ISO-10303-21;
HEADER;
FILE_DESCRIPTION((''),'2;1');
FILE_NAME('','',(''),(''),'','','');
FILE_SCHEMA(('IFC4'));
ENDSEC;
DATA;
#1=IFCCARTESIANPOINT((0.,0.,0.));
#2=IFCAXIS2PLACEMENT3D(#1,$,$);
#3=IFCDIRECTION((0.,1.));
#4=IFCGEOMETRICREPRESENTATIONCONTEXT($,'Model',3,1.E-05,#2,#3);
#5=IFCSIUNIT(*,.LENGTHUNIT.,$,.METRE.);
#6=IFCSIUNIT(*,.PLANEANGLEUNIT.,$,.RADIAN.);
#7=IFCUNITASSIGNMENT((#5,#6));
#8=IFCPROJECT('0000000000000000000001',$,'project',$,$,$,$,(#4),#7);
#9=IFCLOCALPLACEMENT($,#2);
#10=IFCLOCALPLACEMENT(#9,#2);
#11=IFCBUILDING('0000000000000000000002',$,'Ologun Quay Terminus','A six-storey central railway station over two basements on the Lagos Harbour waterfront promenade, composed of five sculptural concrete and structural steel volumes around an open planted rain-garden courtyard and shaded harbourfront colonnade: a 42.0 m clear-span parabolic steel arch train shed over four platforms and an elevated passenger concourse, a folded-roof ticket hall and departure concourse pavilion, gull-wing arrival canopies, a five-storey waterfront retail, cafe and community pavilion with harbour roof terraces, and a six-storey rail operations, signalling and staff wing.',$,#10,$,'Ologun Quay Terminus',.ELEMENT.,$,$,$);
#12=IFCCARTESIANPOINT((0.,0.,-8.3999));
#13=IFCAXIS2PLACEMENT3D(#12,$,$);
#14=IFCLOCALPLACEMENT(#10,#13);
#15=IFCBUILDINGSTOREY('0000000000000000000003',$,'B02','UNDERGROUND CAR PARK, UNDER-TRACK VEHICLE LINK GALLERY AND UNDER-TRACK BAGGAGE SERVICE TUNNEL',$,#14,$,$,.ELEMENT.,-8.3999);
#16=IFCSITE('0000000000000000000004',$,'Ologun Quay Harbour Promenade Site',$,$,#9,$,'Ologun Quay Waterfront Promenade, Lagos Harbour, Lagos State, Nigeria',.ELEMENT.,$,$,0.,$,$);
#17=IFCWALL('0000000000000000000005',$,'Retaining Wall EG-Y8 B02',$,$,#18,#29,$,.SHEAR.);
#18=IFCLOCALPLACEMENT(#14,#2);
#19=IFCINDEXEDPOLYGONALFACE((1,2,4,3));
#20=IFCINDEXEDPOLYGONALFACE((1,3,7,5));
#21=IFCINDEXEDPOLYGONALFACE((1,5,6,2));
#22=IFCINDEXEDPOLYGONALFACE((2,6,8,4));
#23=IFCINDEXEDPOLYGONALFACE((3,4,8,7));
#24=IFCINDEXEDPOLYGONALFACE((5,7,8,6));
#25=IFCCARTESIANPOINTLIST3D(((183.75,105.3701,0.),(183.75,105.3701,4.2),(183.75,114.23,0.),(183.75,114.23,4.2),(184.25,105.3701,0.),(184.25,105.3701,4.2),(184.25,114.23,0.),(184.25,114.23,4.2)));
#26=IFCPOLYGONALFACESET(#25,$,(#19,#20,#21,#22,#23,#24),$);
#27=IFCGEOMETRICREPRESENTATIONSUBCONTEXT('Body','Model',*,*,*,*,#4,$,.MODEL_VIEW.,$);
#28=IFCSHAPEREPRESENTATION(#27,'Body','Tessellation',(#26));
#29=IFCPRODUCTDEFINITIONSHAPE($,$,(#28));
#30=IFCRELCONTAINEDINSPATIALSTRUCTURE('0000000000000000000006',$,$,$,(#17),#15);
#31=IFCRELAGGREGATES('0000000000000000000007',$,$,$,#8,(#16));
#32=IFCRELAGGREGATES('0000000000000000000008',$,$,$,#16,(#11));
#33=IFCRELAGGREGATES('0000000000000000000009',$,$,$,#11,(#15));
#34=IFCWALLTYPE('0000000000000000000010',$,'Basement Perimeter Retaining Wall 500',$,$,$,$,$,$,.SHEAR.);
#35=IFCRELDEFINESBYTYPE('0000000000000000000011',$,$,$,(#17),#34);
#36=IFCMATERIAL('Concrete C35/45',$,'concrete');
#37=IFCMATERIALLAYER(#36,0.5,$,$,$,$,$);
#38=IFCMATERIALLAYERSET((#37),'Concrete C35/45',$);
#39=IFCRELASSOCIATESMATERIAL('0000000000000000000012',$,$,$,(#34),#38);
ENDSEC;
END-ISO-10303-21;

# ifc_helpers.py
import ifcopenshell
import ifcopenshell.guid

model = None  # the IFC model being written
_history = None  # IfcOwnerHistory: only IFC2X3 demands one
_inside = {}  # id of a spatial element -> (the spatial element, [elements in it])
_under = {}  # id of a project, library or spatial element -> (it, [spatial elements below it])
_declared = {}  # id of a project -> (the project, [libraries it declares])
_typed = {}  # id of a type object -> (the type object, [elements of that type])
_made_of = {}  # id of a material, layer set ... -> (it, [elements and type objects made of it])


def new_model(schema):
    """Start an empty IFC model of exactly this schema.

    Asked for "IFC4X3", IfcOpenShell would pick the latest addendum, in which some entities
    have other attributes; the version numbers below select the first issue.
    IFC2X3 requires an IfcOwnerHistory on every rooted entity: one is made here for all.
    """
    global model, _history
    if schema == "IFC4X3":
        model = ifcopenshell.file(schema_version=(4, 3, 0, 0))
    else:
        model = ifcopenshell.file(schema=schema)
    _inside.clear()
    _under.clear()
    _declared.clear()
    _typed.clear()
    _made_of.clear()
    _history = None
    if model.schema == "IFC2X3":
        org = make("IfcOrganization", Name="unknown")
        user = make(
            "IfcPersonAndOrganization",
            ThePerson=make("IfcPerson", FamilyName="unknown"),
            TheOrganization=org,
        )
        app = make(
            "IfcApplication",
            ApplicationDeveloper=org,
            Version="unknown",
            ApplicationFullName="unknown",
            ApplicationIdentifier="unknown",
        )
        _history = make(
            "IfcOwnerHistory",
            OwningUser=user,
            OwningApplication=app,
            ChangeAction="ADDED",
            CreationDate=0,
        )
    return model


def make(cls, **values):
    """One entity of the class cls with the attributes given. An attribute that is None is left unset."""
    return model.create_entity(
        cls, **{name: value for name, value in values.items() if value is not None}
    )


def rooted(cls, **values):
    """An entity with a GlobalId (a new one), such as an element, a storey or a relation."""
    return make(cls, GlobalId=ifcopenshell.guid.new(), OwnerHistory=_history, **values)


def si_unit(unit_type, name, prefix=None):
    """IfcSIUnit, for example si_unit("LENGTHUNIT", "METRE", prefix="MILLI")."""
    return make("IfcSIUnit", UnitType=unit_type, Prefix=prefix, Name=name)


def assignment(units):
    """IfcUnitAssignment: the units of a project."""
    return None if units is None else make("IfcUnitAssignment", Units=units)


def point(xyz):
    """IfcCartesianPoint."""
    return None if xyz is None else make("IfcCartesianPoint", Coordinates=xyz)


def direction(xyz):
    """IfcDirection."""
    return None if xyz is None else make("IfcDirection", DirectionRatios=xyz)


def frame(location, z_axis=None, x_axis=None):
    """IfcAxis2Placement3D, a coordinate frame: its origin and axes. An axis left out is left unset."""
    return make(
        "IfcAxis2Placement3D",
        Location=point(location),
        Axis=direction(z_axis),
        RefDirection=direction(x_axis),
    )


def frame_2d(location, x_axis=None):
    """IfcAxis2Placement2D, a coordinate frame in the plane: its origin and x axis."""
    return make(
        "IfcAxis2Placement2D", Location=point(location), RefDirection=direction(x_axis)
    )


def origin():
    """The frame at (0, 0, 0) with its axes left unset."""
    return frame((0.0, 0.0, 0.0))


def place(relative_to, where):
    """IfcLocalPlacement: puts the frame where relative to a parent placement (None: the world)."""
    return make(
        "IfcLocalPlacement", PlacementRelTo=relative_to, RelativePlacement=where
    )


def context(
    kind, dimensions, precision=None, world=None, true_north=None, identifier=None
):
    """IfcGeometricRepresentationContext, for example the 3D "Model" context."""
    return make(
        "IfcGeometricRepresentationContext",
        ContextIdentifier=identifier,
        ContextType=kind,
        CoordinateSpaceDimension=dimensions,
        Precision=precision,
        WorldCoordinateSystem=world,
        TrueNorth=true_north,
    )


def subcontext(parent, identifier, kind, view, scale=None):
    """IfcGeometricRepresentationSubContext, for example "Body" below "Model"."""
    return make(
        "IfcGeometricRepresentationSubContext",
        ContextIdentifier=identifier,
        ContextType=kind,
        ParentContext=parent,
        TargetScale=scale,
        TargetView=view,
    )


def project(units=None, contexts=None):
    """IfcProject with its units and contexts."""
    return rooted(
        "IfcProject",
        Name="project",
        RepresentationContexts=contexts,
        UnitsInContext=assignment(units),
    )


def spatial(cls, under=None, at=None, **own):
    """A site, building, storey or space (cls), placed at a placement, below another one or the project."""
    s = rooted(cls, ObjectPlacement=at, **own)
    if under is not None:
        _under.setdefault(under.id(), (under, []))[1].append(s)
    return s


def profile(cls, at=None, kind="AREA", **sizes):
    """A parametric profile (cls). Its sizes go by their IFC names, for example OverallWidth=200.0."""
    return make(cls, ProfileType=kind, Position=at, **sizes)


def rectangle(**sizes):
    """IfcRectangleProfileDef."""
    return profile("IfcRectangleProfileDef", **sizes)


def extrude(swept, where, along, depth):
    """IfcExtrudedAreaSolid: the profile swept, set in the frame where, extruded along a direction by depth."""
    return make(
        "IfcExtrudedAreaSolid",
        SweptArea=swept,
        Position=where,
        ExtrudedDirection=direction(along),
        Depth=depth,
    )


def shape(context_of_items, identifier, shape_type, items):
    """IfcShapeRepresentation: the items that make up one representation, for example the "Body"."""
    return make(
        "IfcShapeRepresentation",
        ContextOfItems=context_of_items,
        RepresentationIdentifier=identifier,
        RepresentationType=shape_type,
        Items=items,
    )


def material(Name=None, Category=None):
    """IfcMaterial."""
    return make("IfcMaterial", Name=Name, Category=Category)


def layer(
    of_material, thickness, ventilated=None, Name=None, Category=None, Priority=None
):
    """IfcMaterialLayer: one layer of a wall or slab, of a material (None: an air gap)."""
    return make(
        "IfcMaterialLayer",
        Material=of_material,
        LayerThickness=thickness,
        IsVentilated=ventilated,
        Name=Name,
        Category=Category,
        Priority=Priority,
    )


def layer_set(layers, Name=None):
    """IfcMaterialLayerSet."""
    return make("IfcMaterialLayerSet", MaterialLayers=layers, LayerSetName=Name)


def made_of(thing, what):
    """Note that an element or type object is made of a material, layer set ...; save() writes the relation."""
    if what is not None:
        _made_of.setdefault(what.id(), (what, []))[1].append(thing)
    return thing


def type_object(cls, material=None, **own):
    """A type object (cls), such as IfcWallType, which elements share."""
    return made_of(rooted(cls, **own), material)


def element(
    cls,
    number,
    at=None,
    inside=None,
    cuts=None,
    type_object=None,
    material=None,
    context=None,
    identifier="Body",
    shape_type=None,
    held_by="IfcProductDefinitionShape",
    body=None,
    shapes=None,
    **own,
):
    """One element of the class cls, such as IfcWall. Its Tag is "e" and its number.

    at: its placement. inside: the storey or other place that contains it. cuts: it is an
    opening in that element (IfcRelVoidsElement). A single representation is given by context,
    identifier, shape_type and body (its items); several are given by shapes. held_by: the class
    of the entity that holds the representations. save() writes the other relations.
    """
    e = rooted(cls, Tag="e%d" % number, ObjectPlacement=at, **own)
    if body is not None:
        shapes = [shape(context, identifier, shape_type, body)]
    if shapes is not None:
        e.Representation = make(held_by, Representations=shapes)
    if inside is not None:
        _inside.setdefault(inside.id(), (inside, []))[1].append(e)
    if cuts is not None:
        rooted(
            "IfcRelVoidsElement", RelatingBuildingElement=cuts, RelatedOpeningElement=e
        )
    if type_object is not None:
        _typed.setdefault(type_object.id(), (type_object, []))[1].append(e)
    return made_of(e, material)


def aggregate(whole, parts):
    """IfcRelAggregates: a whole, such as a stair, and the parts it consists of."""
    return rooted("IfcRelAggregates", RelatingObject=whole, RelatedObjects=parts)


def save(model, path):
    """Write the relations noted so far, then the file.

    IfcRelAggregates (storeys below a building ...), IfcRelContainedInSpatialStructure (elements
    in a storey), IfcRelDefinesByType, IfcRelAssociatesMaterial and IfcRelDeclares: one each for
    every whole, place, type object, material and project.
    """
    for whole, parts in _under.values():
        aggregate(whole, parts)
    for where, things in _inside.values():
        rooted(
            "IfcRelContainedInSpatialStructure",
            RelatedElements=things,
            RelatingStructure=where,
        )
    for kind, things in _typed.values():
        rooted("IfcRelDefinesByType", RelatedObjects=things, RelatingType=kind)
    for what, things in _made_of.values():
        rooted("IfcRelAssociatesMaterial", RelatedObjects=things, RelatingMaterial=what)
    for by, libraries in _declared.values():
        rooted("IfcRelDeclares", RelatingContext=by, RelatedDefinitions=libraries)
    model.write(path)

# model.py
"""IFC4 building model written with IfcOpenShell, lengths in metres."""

from ifc_helpers import new_model, si_unit, direction, frame, frame_2d, origin, place, context, subcontext, project, spatial, rectangle, extrude, material, layer, layer_set, type_object, element, save


model = new_model("IFC4")

# Units and contexts
model_context = context("Model", 3, precision=1e-05, world=origin(), true_north=direction((0.0, 1.0)))
body_context = subcontext(model_context, "Body", "Model", "MODEL_VIEW")
ifc_project = project(units=[si_unit("LENGTHUNIT", "METRE"), si_unit("PLANEANGLEUNIT", "RADIAN")], contexts=[model_context])

# Site, building, storey
site_placement = place(None, origin())
site = spatial("IfcSite", under=ifc_project, at=site_placement, Name="Ologun Quay Harbour Promenade Site", LongName="Ologun Quay Waterfront Promenade, Lagos Harbour, Lagos State, Nigeria", CompositionType="ELEMENT", RefElevation=0.0)
building_placement = place(site_placement, origin())
building = spatial("IfcBuilding", under=site, at=building_placement, Name="Ologun Quay Terminus", Description="A six-storey central railway station over two basements on the Lagos Harbour waterfront promenade, composed of five sculptural concrete and structural steel volumes around an open planted rain-garden courtyard and shaded harbourfront colonnade: a 42.0 m clear-span parabolic steel arch train shed over four platforms and an elevated passenger concourse, a folded-roof ticket hall and departure concourse pavilion, gull-wing arrival canopies, a five-storey waterfront retail, cafe and community pavilion with harbour roof terraces, and a six-storey rail operations, signalling and staff wing.", LongName="Ologun Quay Terminus", CompositionType="ELEMENT")
storey_placement = place(building_placement, frame((0.0, 0.0, -8.3999)))
storey = spatial("IfcBuildingStorey", under=building, at=storey_placement, Name="B02", Description="UNDERGROUND CAR PARK, UNDER-TRACK VEHICLE LINK GALLERY AND UNDER-TRACK BAGGAGE SERVICE TUNNEL", CompositionType="ELEMENT", Elevation=-8.3999)

# Wall
ifc_material_1 = material(Name="Concrete C35/45", Category="concrete")
ifc_layer = layer(ifc_material_1, 0.5)
ifc_layer_set = layer_set([ifc_layer], Name="Concrete C35/45")
wall_type = type_object("IfcWallType", Name="Basement Perimeter Retaining Wall 500", PredefinedType="SHEAR", material=ifc_layer_set)
wall_placement = place(storey_placement, frame((184.0, 105.3701, 0.0), z_axis=(0.0, 0.0, 1.0), x_axis=(0.0, 1.0, 0.0)))
element("IfcWall", 1, at=wall_placement, inside=storey, type_object=wall_type, Name="Retaining Wall EG-Y8 B02", PredefinedType="SHEAR", context=body_context, shape_type="SweptSolid", body=[
    extrude(rectangle(XDim=8.8599, YDim=0.5, at=frame_2d((4.4299, 0.0))), origin(), (0.0, 0.0, 1.0), 4.2),
])

save(model, "model.ifc")
